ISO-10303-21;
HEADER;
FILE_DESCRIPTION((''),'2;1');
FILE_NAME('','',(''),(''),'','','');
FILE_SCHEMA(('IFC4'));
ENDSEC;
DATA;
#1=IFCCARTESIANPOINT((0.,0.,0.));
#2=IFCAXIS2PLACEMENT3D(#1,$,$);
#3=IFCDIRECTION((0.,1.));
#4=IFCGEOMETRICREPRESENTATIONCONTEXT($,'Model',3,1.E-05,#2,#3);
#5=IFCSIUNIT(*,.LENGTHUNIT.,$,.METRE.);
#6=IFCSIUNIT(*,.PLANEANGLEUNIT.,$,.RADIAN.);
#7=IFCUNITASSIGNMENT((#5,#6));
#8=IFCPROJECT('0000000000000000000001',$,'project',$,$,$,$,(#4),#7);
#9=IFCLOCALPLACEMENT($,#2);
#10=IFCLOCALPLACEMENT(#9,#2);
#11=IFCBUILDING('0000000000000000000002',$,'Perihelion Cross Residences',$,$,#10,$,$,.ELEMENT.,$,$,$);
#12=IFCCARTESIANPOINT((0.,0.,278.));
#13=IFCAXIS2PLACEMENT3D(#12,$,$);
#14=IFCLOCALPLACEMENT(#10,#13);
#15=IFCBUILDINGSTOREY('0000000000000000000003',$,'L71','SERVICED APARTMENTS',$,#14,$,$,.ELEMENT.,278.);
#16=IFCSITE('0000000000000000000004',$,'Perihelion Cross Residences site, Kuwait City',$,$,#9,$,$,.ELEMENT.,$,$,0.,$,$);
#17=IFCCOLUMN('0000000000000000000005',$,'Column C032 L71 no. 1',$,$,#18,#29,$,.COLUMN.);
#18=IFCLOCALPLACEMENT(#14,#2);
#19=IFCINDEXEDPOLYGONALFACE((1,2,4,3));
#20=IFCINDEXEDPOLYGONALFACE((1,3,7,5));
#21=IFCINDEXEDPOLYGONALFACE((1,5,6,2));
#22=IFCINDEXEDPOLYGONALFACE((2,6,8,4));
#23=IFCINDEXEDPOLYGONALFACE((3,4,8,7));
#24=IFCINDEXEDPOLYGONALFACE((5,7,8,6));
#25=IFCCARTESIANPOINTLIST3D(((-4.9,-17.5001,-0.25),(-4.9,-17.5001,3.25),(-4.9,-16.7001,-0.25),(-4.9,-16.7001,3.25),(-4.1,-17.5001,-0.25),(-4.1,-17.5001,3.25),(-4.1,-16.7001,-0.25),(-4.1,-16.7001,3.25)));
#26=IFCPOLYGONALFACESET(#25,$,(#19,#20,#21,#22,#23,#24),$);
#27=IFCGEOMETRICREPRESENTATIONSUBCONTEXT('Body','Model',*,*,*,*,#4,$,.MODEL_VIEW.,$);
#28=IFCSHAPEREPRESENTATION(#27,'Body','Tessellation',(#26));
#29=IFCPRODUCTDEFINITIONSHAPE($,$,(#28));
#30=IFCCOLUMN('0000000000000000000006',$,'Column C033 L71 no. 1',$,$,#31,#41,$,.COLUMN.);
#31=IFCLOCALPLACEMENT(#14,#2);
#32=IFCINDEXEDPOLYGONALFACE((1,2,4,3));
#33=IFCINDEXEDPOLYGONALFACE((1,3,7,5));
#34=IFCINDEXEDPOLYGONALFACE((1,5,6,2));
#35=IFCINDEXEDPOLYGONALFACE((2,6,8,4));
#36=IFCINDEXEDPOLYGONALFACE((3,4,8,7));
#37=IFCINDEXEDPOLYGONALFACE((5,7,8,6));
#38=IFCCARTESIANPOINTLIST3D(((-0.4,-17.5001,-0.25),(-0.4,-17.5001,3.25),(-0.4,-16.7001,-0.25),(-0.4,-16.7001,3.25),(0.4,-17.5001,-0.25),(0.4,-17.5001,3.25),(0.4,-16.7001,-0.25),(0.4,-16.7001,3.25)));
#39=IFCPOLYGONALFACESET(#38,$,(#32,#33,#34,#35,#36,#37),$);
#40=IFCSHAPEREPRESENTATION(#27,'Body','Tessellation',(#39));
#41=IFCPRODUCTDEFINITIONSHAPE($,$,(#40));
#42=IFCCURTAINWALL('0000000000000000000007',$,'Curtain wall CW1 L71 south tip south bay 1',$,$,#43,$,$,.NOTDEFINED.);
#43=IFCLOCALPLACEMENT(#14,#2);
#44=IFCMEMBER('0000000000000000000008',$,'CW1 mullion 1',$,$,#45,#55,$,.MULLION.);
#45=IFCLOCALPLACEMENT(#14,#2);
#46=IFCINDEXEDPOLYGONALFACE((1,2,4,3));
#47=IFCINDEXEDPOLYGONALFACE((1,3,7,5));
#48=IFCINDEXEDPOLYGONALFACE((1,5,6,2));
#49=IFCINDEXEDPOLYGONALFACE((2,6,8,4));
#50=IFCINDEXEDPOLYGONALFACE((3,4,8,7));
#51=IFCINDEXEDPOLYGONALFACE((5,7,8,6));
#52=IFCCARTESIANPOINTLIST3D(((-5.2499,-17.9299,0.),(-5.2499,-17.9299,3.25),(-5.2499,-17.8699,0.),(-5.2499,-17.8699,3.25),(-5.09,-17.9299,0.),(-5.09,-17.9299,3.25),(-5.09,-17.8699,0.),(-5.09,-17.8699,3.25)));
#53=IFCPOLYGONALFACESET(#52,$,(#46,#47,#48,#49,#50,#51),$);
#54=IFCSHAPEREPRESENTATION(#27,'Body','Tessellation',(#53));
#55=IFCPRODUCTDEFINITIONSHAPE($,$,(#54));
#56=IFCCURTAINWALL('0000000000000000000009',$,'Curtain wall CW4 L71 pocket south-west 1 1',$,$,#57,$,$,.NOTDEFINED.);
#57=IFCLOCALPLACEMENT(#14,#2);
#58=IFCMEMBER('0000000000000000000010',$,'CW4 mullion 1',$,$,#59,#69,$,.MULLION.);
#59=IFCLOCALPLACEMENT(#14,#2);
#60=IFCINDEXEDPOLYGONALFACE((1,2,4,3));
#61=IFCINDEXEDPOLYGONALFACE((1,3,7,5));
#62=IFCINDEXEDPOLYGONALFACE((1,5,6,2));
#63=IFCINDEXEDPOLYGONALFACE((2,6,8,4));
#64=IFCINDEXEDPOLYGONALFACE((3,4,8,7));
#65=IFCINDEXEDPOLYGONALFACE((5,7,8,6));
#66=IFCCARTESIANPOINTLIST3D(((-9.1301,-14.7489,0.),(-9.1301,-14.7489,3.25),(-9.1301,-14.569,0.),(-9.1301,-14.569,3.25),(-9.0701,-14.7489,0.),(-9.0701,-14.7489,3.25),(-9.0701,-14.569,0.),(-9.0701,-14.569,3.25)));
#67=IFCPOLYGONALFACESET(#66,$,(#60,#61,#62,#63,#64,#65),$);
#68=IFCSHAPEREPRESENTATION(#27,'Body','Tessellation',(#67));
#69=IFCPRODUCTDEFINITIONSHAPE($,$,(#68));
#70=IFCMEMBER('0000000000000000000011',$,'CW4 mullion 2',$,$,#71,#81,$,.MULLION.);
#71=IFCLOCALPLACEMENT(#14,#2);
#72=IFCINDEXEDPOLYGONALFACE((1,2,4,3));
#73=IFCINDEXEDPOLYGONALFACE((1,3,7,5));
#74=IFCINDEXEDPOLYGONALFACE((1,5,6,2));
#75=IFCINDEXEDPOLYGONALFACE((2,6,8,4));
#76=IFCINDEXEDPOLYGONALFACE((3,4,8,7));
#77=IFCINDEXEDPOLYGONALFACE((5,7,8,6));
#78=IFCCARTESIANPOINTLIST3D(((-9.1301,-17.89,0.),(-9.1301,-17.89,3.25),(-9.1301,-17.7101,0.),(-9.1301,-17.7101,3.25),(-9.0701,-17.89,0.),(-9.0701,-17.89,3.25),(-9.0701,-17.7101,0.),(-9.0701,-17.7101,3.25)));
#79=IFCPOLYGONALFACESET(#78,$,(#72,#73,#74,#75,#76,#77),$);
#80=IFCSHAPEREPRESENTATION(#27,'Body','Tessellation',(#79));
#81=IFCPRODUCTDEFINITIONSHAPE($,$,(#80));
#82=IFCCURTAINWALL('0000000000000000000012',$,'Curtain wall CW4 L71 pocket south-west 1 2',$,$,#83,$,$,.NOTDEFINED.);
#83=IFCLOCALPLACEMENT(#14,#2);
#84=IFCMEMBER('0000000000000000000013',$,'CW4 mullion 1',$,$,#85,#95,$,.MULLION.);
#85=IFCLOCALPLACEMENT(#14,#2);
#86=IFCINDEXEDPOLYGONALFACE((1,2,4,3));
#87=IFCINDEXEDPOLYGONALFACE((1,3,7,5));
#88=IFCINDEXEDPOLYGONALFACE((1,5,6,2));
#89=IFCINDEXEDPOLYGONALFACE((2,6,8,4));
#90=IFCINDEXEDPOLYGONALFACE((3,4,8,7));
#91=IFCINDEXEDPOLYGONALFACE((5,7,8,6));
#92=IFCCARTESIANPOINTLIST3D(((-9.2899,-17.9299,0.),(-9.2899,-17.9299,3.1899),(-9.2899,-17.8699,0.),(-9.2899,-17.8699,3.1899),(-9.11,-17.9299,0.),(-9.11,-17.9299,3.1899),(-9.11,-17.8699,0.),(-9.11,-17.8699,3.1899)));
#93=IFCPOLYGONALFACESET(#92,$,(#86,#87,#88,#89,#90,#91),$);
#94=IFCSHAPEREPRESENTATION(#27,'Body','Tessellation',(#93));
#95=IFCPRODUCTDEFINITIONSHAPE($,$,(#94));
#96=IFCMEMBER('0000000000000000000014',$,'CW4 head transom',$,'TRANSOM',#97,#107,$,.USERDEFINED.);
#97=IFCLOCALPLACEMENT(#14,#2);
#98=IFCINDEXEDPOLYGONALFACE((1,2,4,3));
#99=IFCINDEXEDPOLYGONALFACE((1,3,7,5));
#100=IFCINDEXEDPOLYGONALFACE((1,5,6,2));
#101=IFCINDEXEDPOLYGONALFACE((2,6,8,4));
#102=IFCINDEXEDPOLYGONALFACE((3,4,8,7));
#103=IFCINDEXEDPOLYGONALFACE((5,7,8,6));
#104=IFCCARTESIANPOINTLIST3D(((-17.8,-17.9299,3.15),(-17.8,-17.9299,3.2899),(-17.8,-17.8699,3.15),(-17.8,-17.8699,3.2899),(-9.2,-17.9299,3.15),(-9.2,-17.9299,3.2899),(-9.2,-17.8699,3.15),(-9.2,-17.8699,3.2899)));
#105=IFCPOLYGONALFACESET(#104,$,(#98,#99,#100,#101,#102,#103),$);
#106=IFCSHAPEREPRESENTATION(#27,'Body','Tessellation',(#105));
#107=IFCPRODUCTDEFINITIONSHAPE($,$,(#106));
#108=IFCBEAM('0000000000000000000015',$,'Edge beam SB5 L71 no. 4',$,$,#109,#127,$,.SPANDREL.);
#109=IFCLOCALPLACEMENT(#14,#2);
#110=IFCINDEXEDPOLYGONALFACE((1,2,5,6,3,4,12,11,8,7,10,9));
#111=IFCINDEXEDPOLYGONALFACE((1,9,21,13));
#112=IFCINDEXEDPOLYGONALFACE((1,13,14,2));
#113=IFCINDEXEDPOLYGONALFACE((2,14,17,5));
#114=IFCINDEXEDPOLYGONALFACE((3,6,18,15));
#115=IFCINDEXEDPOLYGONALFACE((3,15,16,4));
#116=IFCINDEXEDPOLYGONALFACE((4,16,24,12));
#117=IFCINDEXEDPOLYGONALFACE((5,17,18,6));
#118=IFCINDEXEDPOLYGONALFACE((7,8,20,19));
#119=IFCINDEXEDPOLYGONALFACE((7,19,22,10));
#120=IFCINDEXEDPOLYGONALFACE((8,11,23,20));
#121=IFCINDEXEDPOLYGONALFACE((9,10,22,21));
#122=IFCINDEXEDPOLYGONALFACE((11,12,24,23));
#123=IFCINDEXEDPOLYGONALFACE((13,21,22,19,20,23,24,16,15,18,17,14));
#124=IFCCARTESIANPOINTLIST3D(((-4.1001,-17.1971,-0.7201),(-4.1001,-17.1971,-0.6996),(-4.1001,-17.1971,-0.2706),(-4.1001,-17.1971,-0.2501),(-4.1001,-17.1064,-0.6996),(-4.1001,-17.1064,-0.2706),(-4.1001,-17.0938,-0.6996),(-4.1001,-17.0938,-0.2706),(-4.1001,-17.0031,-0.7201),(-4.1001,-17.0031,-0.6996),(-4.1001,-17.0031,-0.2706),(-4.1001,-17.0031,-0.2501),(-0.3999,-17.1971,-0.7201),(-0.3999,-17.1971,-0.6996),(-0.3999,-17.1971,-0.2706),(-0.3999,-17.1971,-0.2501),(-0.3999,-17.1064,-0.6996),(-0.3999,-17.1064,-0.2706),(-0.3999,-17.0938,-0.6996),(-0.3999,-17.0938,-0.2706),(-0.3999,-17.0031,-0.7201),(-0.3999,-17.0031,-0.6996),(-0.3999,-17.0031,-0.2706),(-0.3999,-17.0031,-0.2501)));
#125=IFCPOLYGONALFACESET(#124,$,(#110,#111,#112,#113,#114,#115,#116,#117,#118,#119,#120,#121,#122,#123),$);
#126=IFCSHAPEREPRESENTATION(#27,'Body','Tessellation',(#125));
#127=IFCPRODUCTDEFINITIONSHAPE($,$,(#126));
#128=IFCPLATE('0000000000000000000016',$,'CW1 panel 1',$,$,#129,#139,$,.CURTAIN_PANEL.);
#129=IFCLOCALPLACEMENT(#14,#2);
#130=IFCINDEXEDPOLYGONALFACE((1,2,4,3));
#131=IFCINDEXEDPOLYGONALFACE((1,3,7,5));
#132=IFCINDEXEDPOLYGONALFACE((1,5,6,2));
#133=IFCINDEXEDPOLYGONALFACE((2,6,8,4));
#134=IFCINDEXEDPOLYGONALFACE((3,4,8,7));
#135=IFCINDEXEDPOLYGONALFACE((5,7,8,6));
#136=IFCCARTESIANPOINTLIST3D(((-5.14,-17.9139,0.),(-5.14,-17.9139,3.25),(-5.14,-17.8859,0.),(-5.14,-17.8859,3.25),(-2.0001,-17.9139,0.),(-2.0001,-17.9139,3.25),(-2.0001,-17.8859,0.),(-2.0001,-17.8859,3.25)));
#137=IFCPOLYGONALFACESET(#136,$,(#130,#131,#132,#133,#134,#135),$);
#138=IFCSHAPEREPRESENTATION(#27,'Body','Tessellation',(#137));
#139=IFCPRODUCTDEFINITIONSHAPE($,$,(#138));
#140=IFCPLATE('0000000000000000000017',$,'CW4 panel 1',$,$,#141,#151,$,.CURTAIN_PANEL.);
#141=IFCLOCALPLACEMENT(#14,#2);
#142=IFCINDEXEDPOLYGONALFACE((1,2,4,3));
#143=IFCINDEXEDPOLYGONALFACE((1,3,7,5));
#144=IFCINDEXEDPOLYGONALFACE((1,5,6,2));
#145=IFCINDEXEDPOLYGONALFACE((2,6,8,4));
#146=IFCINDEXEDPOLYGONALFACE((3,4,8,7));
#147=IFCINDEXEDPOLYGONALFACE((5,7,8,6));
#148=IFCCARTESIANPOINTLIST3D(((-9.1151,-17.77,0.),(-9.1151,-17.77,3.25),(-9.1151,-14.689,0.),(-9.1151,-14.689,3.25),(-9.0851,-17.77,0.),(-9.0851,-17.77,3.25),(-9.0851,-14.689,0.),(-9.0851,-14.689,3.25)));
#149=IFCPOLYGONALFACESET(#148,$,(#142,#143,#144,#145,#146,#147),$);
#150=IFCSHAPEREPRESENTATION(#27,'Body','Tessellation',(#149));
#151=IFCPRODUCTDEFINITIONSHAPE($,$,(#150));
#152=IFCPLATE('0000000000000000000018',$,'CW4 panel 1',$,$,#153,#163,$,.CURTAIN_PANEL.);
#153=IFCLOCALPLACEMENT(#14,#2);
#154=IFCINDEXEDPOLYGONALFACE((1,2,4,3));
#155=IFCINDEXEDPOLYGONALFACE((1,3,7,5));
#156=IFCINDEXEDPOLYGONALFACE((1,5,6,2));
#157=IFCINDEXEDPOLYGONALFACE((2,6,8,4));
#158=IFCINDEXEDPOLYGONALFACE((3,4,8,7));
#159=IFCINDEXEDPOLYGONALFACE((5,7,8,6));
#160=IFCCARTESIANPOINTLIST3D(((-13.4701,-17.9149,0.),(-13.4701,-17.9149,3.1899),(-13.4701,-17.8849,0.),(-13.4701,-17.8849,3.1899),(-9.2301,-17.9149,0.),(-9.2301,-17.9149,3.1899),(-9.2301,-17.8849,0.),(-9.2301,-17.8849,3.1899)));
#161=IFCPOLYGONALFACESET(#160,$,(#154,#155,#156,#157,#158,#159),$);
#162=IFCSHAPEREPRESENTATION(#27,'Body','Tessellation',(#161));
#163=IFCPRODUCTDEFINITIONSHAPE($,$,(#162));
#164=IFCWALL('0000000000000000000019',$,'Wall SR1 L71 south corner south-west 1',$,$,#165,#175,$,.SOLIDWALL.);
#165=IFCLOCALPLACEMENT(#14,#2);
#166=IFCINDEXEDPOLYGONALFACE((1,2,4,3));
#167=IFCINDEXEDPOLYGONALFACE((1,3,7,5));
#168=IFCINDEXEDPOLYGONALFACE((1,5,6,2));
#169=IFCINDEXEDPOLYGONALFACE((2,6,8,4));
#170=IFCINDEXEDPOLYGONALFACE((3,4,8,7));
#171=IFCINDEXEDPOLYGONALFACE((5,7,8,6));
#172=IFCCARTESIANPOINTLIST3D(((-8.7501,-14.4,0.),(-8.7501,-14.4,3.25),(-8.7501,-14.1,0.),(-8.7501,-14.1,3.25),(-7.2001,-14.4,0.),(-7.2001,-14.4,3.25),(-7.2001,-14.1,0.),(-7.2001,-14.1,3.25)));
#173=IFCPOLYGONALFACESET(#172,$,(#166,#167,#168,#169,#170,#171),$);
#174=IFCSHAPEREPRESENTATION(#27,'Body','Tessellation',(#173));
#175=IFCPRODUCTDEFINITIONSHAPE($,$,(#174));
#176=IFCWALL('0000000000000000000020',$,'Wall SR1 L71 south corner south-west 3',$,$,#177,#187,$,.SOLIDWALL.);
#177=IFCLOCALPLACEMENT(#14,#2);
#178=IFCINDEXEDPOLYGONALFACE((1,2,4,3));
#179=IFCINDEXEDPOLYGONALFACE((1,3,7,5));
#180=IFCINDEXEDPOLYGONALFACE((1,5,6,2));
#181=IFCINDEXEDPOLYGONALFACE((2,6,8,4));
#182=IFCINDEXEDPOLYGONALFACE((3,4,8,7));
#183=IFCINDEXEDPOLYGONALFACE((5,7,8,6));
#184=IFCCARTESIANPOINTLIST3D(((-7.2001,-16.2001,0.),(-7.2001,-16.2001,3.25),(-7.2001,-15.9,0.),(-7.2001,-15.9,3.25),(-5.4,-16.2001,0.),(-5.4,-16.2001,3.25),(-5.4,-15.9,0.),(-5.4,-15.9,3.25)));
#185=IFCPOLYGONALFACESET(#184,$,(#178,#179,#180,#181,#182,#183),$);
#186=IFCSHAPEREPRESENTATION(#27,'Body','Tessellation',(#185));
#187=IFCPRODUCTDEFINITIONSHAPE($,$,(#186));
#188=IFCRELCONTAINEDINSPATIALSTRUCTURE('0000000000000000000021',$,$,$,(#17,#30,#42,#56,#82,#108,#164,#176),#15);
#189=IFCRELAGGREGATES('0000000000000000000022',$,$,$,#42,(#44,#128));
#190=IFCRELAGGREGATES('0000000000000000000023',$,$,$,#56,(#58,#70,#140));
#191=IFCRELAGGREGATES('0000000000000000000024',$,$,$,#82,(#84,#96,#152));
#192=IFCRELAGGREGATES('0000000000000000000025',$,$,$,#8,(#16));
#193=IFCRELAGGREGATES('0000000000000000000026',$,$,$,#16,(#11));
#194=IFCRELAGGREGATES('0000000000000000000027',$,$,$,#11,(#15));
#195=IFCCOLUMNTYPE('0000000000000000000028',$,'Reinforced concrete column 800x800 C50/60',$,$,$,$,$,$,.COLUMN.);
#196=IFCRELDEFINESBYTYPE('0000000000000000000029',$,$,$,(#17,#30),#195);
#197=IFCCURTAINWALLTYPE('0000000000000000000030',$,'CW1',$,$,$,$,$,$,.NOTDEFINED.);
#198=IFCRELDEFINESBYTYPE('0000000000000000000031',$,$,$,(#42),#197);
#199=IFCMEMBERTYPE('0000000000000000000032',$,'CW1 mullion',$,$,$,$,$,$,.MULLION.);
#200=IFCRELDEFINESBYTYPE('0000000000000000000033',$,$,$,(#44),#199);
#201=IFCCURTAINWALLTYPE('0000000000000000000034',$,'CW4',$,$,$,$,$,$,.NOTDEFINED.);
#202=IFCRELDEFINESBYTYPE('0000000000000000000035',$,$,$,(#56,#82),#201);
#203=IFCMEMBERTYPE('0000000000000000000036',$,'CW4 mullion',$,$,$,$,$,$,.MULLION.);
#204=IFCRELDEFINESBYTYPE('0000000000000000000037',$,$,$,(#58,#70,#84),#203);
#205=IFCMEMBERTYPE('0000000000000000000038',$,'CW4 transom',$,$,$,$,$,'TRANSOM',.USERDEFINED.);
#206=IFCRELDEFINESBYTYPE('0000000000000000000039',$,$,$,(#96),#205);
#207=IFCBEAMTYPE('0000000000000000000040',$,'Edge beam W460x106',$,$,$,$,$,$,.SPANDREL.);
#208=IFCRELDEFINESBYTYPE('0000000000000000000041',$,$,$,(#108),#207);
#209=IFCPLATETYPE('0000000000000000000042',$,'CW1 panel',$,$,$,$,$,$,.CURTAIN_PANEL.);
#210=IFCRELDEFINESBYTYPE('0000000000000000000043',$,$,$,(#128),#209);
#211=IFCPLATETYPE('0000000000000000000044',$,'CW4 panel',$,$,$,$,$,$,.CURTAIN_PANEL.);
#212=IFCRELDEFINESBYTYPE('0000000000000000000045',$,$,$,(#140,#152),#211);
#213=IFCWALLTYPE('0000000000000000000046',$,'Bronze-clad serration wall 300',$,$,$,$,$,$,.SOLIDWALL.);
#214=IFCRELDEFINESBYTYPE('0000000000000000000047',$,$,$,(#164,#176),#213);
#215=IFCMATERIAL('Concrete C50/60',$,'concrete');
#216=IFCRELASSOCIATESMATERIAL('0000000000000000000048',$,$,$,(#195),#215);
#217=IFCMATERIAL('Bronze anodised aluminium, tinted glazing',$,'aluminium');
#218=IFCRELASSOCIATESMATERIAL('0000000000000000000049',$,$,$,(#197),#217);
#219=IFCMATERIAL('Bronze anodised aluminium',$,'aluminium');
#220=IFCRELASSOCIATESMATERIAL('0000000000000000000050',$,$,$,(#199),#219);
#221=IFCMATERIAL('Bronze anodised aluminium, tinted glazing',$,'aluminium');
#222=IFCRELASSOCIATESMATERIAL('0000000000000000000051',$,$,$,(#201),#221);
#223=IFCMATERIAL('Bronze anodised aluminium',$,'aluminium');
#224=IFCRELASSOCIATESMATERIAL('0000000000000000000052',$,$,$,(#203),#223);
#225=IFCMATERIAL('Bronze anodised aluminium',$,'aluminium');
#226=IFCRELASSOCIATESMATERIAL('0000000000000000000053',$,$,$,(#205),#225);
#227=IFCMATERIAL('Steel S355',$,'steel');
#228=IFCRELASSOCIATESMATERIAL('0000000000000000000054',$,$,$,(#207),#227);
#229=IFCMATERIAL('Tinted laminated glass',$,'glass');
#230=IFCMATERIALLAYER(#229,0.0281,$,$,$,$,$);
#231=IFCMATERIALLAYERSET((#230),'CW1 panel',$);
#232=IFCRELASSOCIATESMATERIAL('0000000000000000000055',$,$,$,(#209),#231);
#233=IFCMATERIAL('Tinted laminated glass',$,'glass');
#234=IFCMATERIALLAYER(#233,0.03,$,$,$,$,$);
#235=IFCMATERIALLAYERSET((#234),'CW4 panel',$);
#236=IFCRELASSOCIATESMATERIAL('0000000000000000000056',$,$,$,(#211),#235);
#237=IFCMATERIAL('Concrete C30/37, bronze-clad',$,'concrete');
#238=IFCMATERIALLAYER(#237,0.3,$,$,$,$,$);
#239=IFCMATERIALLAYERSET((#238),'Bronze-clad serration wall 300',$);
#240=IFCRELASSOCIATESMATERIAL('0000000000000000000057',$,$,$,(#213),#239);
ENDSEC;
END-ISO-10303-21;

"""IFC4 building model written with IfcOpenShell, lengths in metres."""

from ifc_helpers import new_model, si_unit, direction, frame, frame_2d, origin, origin_2d, place, context, subcontext, project, spatial, rectangle, i_section, extrude, material, layer, layer_set, material_profile, profile_set, type_object, element, aggregate, save


model = new_model("IFC4")

# Units and contexts
model_context = context("Model", 3, precision=1e-05, world=origin(), true_north=direction((0.0, 1.0)))
body_context = subcontext(model_context, "Body", "Model", "MODEL_VIEW")
ifc_project = project(units=[si_unit("LENGTHUNIT", "METRE"), si_unit("PLANEANGLEUNIT", "RADIAN")], contexts=[model_context])

# Site, building, storey
site_placement = place(None, origin())
site = spatial("IfcSite", under=ifc_project, at=site_placement, Name="Perihelion Cross Residences site, Kuwait City", CompositionType="ELEMENT", RefElevation=0.0)
building_placement = place(site_placement, origin())
building = spatial("IfcBuilding", under=site, at=building_placement, Name="Perihelion Cross Residences", CompositionType="ELEMENT")
storey_placement = place(building_placement, frame((0.0, 0.0, 278.0)))
storey = spatial("IfcBuildingStorey", under=building, at=storey_placement, Name="L71", Description="SERVICED APARTMENTS", CompositionType="ELEMENT", Elevation=278.0)

# Columns
ifc_material_1 = material(Name="Concrete C50/60", Category="concrete")
ifc_material_profile_1 = material_profile(ifc_material_1, rectangle(XDim=0.8, YDim=0.8, at=origin_2d()), Name="RC 800x800")
ifc_profile_set_1 = profile_set([ifc_material_profile_1], Name="Concrete C50/60")
column_type = type_object("IfcColumnType", Name="Reinforced concrete column 800x800 C50/60", PredefinedType="COLUMN", material=ifc_profile_set_1)
for number, where, z_axis, x_axis, name in (
    (1, (-4.5, -17.1001, -0.25), (0.0, 0.0, 1.0), (1.0, 0.0, 0.0), "Column C032 L71 no. 1"),
    (2, (0.0, -17.1001, -0.25), (0.0, 0.0, 1.0), (1.0, 0.0, 0.0), "Column C033 L71 no. 1"),
):
    element("IfcColumn", number, at=place(storey_placement, frame(where, z_axis=z_axis, x_axis=x_axis)), inside=storey, type_object=column_type, Name=name, PredefinedType="COLUMN", context=body_context, shape_type="SweptSolid", body=[
        extrude(rectangle(XDim=0.8, YDim=0.8, at=origin_2d()), origin(), (0.0, 0.0, 1.0), 3.5),
    ])

# Curtain wall, member
ifc_material_2 = material(Name="Bronze anodised aluminium, tinted glazing", Category="aluminium")
curtain_wall_type_1 = type_object("IfcCurtainWallType", Name="CW1", PredefinedType="NOTDEFINED", material=ifc_material_2)
curtain_wall_1_placement = place(storey_placement, origin())
curtain_wall_1 = element("IfcCurtainWall", 3, at=curtain_wall_1_placement, inside=storey, type_object=curtain_wall_type_1, Name="Curtain wall CW1 L71 south tip south bay 1", PredefinedType="NOTDEFINED")
ifc_material_3 = material(Name="Bronze anodised aluminium", Category="aluminium")
ifc_material_profile_2 = material_profile(ifc_material_3, rectangle(XDim=0.0601, YDim=0.1599, at=origin_2d()), Name="CW1 mullion")
ifc_profile_set_2 = profile_set([ifc_material_profile_2], Name="Bronze anodised aluminium")
member_type_1 = type_object("IfcMemberType", Name="CW1 mullion", PredefinedType="MULLION", material=ifc_profile_set_2)
member_1_placement = place(storey_placement, frame((-5.1699, -17.8999, 0.0), z_axis=(0.0, 0.0, 1.0), x_axis=(0.0, 1.0, 0.0)))
member_1 = element("IfcMember", 4, at=member_1_placement, type_object=member_type_1, Name="CW1 mullion 1", PredefinedType="MULLION", context=body_context, shape_type="SweptSolid", body=[
    extrude(rectangle(XDim=0.0601, YDim=0.1599, at=origin_2d()), origin(), (0.0, 0.0, 1.0), 3.25),
])

# Curtain walls, members
ifc_material_4 = material(Name="Bronze anodised aluminium, tinted glazing", Category="aluminium")
curtain_wall_type_2 = type_object("IfcCurtainWallType", Name="CW4", PredefinedType="NOTDEFINED", material=ifc_material_4)
curtain_wall_2_placement = place(storey_placement, origin())
curtain_wall_2 = element("IfcCurtainWall", 5, at=curtain_wall_2_placement, inside=storey, type_object=curtain_wall_type_2, Name="Curtain wall CW4 L71 pocket south-west 1 1", PredefinedType="NOTDEFINED")
ifc_material_5 = material(Name="Bronze anodised aluminium", Category="aluminium")
ifc_material_profile_3 = material_profile(ifc_material_5, rectangle(XDim=0.0601, YDim=0.1799, at=origin_2d()), Name="CW4 mullion")
ifc_profile_set_3 = profile_set([ifc_material_profile_3], Name="Bronze anodised aluminium")
member_type_2 = type_object("IfcMemberType", Name="CW4 mullion", PredefinedType="MULLION", material=ifc_profile_set_3)
member_2_placement = place(storey_placement, frame((-9.1001, -14.6589, 0.0), z_axis=(0.0, 0.0, 1.0), x_axis=(1.0, 0.0, 0.0)))
member_2 = element("IfcMember", 6, at=member_2_placement, type_object=member_type_2, Name="CW4 mullion 1", PredefinedType="MULLION", context=body_context, shape_type="SweptSolid", body=[
    extrude(rectangle(XDim=0.0601, YDim=0.1799, at=origin_2d()), origin(), (0.0, 0.0, 1.0), 3.25),
])
member_3_placement = place(storey_placement, frame((-9.1001, -17.8, 0.0), z_axis=(0.0, 0.0, 1.0), x_axis=(1.0, 0.0, 0.0)))
member_3 = element("IfcMember", 7, at=member_3_placement, type_object=member_type_2, Name="CW4 mullion 2", PredefinedType="MULLION", context=body_context, shape_type="SweptSolid", body=[
    extrude(rectangle(XDim=0.0601, YDim=0.1799, at=origin_2d()), origin(), (0.0, 0.0, 1.0), 3.25),
])
curtain_wall_3_placement = place(storey_placement, origin())
curtain_wall_3 = element("IfcCurtainWall", 8, at=curtain_wall_3_placement, inside=storey, type_object=curtain_wall_type_2, Name="Curtain wall CW4 L71 pocket south-west 1 2", PredefinedType="NOTDEFINED")
member_4_placement = place(storey_placement, frame((-9.2, -17.8999, 0.0), z_axis=(0.0, 0.0, 1.0), x_axis=(0.0, -1.0, 0.0)))
member_4 = element("IfcMember", 9, at=member_4_placement, type_object=member_type_2, Name="CW4 mullion 1", PredefinedType="MULLION", context=body_context, shape_type="SweptSolid", body=[
    extrude(rectangle(XDim=0.0601, YDim=0.1799, at=origin_2d()), origin(), (0.0, 0.0, 1.0), 3.1899),
])
ifc_material_6 = material(Name="Bronze anodised aluminium", Category="aluminium")
ifc_material_profile_4 = material_profile(ifc_material_6, rectangle(XDim=0.0601, YDim=0.1399, at=origin_2d()), Name="CW4 transom")
ifc_profile_set_4 = profile_set([ifc_material_profile_4], Name="Bronze anodised aluminium")
member_type_3 = type_object("IfcMemberType", Name="CW4 transom", ElementType="TRANSOM", PredefinedType="USERDEFINED", material=ifc_profile_set_4)
member_5_placement = place(storey_placement, frame((-9.2, -17.8999, 3.22), z_axis=(-1.0, 0.0, 0.0), x_axis=(0.0, -1.0, 0.0)))
member_5 = element("IfcMember", 10, at=member_5_placement, type_object=member_type_3, Name="CW4 head transom", ObjectType="TRANSOM", PredefinedType="USERDEFINED", context=body_context, shape_type="SweptSolid", body=[
    extrude(rectangle(XDim=0.0601, YDim=0.1399, at=origin_2d()), origin(), (0.0, 0.0, 1.0), 8.6001),
])

# Beam
ifc_material_7 = material(Name="Steel S355", Category="steel")
ifc_material_profile_5 = material_profile(ifc_material_7, i_section(OverallWidth=0.1941, OverallDepth=0.47, WebThickness=0.0127, FlangeThickness=0.0205, at=origin_2d()), Name="W460x106")
ifc_profile_set_5 = profile_set([ifc_material_profile_5], Name="Steel S355")
beam_type = type_object("IfcBeamType", Name="Edge beam W460x106", PredefinedType="SPANDREL", material=ifc_profile_set_5)
beam_placement = place(storey_placement, frame((-4.1001, -17.1001, -0.4851), z_axis=(1.0, 0.0, 0.0), x_axis=(0.0, 1.0, 0.0)))
element("IfcBeam", 11, at=beam_placement, inside=storey, type_object=beam_type, Name="Edge beam SB5 L71 no. 4", PredefinedType="SPANDREL", context=body_context, shape_type="SweptSolid", body=[
    extrude(i_section(OverallWidth=0.1941, OverallDepth=0.47, WebThickness=0.0127, FlangeThickness=0.0205, at=origin_2d()), origin(), (0.0, 0.0, 1.0), 3.7002),
])

# Plates
ifc_material_8 = material(Name="Tinted laminated glass", Category="glass")
ifc_layer_1 = layer(ifc_material_8, 0.0281)
ifc_layer_set_1 = layer_set([ifc_layer_1], Name="CW1 panel")
plate_type_1 = type_object("IfcPlateType", Name="CW1 panel", PredefinedType="CURTAIN_PANEL", material=ifc_layer_set_1)
plate_1_placement = place(storey_placement, frame((-3.5701, -17.8999, 0.0), z_axis=(0.0, 0.0, 1.0), x_axis=(1.0, 0.0, 0.0)))
plate_1 = element("IfcPlate", 12, at=plate_1_placement, type_object=plate_type_1, Name="CW1 panel 1", PredefinedType="CURTAIN_PANEL", context=body_context, shape_type="SweptSolid", body=[
    extrude(rectangle(XDim=3.1399, YDim=0.0281, at=origin_2d()), origin(), (0.0, 0.0, 1.0), 3.25),
])
aggregate(curtain_wall_1, [member_1, plate_1])
ifc_material_9 = material(Name="Tinted laminated glass", Category="glass")
ifc_layer_2 = layer(ifc_material_9, 0.03)
ifc_layer_set_2 = layer_set([ifc_layer_2], Name="CW4 panel")
plate_type_2 = type_object("IfcPlateType", Name="CW4 panel", PredefinedType="CURTAIN_PANEL", material=ifc_layer_set_2)
plate_2_placement = place(storey_placement, frame((-9.1001, -16.2295, 0.0), z_axis=(0.0, 0.0, 1.0), x_axis=(0.0, -1.0, 0.0)))
plate_2 = element("IfcPlate", 13, at=plate_2_placement, type_object=plate_type_2, Name="CW4 panel 1", PredefinedType="CURTAIN_PANEL", context=body_context, shape_type="SweptSolid", body=[
    extrude(rectangle(XDim=3.0811, YDim=0.03, at=origin_2d()), origin(), (0.0, 0.0, 1.0), 3.25),
])
aggregate(curtain_wall_2, [member_2, member_3, plate_2])
plate_3_placement = place(storey_placement, frame((-11.3501, -17.8999, 0.0), z_axis=(0.0, 0.0, 1.0), x_axis=(-1.0, 0.0, 0.0)))
plate_3 = element("IfcPlate", 14, at=plate_3_placement, type_object=plate_type_2, Name="CW4 panel 1", PredefinedType="CURTAIN_PANEL", context=body_context, shape_type="SweptSolid", body=[
    extrude(rectangle(XDim=4.24, YDim=0.03, at=origin_2d()), origin(), (0.0, 0.0, 1.0), 3.1899),
])
aggregate(curtain_wall_3, [member_4, member_5, plate_3])

# Walls
ifc_material_10 = material(Name="Concrete C30/37, bronze-clad", Category="concrete")
ifc_layer_3 = layer(ifc_material_10, 0.3)
ifc_layer_set_3 = layer_set([ifc_layer_3], Name="Bronze-clad serration wall 300")
wall_type_1 = type_object("IfcWallType", Name="Bronze-clad serration wall 300", PredefinedType="SOLIDWALL", material=ifc_layer_set_3)
wall_1_placement = place(storey_placement, frame((-8.75, -14.25, 0.0), z_axis=(0.0, 0.0, 1.0), x_axis=(1.0, 0.0, 0.0)))
element("IfcWall", 15, at=wall_1_placement, inside=storey, type_object=wall_type_1, Name="Wall SR1 L71 south corner south-west 1", PredefinedType="SOLIDWALL", context=body_context, shape_type="SweptSolid", body=[
    extrude(rectangle(XDim=1.55, YDim=0.3, at=frame_2d((0.7749, 0.0))), origin(), (0.0, 0.0, 1.0), 3.25),
])
wall_2_placement = place(storey_placement, frame((-7.2, -16.05, 0.0), z_axis=(0.0, 0.0, 1.0), x_axis=(1.0, 0.0, 0.0)))
element("IfcWall", 16, at=wall_2_placement, inside=storey, type_object=wall_type_1, Name="Wall SR1 L71 south corner south-west 3", PredefinedType="SOLIDWALL", context=body_context, shape_type="SweptSolid", body=[
    extrude(rectangle(XDim=1.8, YDim=0.3, at=frame_2d((0.8999, 0.0))), origin(), (0.0, 0.0, 1.0), 3.25),
])

save(model, "model.ifc")
